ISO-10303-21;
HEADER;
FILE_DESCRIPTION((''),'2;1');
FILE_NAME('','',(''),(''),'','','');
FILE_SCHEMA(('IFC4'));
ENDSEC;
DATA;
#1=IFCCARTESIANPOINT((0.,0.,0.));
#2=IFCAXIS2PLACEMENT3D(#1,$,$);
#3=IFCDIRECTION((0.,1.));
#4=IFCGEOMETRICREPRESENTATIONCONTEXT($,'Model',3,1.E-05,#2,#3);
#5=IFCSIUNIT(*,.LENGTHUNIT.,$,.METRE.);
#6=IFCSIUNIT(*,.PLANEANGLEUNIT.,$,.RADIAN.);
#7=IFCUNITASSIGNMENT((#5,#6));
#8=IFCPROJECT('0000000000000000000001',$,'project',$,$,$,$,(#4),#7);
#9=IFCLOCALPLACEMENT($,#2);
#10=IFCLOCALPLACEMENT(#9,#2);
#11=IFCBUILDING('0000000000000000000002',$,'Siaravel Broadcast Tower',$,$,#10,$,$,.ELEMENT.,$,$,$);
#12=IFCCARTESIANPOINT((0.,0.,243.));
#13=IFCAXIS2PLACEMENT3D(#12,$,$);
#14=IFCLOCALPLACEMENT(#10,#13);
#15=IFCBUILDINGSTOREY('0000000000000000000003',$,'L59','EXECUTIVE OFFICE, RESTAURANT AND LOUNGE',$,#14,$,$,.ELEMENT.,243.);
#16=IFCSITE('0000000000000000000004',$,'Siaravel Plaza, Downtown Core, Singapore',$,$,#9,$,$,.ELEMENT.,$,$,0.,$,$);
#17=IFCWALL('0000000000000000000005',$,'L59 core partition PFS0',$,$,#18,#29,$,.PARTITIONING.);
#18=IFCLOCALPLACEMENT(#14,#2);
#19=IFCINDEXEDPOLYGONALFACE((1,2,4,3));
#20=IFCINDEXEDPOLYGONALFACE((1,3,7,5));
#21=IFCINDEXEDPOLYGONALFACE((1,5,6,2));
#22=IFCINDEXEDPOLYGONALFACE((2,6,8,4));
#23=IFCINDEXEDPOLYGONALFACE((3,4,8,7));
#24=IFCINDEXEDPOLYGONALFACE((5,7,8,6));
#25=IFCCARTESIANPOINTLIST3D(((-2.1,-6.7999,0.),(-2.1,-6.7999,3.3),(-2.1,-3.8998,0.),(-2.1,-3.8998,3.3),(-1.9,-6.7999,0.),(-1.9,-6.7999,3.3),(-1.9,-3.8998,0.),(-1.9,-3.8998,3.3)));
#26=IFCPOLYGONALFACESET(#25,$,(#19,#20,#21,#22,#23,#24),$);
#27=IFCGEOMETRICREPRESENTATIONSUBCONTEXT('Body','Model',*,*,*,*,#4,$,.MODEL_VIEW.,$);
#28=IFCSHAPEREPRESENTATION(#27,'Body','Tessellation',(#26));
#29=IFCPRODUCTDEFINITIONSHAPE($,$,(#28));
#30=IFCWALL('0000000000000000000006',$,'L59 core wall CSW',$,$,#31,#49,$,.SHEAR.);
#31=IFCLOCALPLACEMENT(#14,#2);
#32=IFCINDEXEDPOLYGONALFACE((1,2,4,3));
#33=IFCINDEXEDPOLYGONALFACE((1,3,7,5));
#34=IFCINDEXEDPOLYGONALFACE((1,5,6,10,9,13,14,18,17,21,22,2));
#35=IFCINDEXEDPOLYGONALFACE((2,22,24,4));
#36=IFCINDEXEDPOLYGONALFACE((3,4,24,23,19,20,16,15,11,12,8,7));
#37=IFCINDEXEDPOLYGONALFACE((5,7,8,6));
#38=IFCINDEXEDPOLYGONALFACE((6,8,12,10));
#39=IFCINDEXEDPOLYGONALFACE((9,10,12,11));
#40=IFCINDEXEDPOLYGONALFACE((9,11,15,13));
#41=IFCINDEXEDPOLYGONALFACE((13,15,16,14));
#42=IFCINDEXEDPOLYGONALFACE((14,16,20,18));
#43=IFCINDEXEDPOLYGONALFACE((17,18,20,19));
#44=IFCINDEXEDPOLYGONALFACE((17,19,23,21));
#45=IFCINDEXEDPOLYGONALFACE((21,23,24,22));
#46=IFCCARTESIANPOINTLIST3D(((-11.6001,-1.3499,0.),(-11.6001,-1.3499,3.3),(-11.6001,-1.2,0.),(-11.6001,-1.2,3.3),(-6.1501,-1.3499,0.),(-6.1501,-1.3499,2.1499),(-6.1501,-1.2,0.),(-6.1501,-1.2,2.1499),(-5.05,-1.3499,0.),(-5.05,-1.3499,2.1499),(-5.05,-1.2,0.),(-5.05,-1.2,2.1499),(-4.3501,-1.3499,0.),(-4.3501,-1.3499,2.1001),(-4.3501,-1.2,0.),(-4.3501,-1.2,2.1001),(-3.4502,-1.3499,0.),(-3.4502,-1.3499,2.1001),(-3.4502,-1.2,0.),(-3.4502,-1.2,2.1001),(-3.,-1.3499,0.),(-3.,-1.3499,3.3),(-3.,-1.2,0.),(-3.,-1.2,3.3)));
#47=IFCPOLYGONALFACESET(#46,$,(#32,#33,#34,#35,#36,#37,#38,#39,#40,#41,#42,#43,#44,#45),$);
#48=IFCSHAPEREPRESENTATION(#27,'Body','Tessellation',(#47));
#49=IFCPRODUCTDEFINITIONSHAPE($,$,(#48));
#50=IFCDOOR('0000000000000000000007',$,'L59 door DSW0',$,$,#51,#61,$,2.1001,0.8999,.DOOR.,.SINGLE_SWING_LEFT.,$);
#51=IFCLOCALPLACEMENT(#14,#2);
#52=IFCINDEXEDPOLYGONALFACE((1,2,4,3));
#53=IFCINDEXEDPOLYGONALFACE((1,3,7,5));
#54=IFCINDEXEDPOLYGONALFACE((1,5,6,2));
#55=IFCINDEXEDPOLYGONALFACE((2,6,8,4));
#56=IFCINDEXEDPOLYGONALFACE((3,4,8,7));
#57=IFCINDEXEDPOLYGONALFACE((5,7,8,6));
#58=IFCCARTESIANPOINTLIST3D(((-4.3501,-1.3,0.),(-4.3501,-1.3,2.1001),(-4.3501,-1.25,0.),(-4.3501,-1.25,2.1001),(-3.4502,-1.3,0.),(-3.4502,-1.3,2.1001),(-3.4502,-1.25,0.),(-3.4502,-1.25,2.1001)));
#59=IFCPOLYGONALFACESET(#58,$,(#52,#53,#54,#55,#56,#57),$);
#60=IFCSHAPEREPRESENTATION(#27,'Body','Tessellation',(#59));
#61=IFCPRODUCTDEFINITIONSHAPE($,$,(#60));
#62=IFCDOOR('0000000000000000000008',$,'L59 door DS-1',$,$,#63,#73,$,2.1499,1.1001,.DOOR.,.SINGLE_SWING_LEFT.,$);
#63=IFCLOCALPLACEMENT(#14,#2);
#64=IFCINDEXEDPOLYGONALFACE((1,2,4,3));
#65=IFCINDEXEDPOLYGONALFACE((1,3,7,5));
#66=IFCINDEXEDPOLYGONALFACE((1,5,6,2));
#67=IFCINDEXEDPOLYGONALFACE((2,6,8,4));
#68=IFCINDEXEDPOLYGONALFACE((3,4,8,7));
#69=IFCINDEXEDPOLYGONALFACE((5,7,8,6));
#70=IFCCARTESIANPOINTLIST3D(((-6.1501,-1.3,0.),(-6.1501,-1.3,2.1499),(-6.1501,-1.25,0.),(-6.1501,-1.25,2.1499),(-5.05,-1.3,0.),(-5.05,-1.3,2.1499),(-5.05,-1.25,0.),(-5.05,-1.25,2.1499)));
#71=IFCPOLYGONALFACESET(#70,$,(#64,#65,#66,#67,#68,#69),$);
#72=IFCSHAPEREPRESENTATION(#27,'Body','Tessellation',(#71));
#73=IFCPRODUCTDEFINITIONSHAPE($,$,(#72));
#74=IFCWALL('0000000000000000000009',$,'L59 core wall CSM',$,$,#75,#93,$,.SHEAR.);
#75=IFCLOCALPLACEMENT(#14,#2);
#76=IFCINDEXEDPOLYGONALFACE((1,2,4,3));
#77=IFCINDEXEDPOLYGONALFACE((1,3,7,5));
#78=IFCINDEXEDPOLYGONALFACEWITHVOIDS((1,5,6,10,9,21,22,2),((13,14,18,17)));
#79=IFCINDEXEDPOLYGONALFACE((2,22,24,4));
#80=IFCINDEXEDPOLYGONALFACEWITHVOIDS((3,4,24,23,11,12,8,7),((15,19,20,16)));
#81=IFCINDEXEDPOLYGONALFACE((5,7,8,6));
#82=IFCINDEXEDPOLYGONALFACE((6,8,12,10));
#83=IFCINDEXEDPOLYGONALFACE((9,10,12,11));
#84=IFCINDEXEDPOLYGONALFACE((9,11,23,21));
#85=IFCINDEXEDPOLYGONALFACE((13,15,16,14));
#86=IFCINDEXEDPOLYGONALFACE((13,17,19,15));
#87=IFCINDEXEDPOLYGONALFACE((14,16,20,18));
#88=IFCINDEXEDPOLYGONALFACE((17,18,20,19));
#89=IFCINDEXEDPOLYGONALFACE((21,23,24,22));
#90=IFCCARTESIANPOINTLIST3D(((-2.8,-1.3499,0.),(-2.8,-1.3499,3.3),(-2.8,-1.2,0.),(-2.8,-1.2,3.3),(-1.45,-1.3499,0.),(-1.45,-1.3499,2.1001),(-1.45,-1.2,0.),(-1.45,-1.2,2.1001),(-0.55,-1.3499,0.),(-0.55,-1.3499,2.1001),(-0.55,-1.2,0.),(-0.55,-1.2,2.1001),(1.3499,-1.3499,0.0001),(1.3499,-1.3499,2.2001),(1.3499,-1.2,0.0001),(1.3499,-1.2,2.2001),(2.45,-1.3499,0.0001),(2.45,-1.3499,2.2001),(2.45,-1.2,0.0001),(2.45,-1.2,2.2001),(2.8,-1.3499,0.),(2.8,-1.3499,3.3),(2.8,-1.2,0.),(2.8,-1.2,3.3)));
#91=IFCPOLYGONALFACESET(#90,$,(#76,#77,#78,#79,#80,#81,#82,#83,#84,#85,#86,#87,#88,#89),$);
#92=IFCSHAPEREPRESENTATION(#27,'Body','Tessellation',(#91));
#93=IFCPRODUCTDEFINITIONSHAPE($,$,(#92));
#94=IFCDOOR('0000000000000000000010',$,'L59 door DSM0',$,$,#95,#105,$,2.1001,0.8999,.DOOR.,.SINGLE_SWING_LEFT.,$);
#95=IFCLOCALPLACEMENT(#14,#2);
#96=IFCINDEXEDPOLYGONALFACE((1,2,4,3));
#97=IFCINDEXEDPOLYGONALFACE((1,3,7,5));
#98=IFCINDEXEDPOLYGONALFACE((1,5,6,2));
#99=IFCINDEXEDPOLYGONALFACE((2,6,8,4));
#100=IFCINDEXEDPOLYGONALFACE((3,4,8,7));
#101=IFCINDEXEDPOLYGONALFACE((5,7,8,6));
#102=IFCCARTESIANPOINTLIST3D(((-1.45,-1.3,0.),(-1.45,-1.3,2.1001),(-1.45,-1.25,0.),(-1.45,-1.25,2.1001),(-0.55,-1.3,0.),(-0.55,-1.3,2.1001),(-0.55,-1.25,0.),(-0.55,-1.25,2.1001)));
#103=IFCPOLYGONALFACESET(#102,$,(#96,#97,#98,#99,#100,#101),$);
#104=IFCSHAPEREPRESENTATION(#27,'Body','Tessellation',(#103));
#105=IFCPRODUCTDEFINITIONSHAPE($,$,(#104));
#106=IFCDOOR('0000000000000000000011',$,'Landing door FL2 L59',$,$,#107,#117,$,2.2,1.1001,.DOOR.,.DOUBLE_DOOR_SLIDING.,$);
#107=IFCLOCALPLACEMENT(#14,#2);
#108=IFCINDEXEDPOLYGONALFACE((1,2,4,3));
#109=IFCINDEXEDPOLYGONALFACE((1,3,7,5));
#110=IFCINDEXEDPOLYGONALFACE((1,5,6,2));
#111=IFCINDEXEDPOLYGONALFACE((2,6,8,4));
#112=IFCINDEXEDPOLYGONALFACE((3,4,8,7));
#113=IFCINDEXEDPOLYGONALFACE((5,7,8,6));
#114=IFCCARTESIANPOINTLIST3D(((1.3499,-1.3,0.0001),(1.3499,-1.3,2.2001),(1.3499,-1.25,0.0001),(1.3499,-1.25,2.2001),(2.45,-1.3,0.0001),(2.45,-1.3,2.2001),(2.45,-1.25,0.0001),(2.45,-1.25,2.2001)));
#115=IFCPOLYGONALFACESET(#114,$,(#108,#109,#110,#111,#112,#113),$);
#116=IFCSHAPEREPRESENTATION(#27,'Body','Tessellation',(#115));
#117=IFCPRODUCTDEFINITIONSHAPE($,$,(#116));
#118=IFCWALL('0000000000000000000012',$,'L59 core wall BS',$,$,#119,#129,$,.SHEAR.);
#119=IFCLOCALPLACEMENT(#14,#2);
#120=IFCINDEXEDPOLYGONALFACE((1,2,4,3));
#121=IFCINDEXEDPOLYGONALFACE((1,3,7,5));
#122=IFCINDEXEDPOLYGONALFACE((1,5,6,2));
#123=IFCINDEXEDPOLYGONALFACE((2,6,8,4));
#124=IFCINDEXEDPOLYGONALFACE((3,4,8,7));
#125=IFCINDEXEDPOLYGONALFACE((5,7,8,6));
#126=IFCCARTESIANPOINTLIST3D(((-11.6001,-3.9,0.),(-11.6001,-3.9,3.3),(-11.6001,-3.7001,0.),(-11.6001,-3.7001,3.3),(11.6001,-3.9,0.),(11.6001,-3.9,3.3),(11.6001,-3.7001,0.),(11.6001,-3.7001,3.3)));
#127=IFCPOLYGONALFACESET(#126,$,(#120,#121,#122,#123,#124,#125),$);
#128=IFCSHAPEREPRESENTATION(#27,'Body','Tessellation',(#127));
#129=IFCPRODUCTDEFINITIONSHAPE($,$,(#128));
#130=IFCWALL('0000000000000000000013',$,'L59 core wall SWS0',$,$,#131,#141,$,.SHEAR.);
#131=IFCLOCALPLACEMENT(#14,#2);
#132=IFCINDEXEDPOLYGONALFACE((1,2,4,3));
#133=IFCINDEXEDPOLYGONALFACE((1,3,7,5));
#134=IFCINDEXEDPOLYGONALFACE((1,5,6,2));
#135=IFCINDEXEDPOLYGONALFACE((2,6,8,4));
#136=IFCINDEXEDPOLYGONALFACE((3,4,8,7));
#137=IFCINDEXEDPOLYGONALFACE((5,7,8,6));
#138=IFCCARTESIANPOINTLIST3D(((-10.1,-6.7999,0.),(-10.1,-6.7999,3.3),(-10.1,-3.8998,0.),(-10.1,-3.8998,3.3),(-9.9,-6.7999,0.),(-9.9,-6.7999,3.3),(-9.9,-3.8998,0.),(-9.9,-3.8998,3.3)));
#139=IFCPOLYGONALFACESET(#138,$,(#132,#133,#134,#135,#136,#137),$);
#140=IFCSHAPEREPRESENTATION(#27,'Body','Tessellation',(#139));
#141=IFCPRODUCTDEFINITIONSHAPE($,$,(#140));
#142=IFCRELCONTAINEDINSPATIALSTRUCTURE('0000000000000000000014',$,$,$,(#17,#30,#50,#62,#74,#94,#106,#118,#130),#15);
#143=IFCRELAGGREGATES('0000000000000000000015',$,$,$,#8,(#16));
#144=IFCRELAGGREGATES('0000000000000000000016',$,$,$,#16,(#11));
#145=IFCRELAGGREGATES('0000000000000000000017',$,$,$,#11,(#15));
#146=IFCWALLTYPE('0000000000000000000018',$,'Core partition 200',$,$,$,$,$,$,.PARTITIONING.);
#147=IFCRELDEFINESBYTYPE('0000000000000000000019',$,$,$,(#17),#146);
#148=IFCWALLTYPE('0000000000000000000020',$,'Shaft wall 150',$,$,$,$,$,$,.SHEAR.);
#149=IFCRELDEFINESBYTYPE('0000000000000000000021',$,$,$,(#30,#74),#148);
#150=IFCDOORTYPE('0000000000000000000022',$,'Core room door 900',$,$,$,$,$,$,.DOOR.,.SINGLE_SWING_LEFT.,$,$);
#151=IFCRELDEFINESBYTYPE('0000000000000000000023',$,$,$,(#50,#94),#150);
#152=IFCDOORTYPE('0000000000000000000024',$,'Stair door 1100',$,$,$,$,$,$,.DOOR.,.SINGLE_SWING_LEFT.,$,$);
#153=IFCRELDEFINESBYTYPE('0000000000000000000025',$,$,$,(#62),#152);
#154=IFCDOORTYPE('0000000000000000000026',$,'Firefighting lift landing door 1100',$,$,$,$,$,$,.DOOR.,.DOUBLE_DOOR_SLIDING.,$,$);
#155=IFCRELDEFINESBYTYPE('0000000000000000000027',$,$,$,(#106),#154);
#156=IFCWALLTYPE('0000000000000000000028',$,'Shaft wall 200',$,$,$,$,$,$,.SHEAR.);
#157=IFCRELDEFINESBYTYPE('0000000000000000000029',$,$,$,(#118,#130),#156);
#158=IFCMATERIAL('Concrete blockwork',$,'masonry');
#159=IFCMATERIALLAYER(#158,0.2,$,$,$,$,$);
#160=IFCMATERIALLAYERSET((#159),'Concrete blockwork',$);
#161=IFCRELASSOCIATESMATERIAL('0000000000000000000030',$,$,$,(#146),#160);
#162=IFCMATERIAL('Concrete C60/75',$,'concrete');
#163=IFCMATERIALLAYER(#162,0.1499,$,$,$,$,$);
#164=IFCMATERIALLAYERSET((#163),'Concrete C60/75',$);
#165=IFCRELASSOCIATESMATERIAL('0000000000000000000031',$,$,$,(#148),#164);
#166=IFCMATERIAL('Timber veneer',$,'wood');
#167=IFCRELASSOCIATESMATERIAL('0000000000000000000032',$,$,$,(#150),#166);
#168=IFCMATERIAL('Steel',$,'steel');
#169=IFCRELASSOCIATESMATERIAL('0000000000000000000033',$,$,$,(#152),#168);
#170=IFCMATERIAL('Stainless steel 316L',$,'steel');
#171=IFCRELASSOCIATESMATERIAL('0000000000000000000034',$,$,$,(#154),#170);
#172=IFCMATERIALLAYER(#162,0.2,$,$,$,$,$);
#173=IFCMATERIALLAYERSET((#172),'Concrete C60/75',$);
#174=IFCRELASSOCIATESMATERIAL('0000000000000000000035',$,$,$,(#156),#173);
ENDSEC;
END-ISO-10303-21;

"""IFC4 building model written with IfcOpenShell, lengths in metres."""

from ifc_helpers import new_model, si_unit, direction, frame, frame_2d, origin, place, context, subcontext, project, spatial, rectangle, extrude, material, layer, layer_set, type_object, element, fill, save


model = new_model("IFC4")

# Units and contexts
model_context = context("Model", 3, precision=1e-05, world=origin(), true_north=direction((0.0, 1.0)))
body_context = subcontext(model_context, "Body", "Model", "MODEL_VIEW")
ifc_project = project(units=[si_unit("LENGTHUNIT", "METRE"), si_unit("PLANEANGLEUNIT", "RADIAN")], contexts=[model_context])

# Site, building, storey
site_placement = place(None, origin())
site = spatial("IfcSite", under=ifc_project, at=site_placement, Name="Siaravel Plaza, Downtown Core, Singapore", CompositionType="ELEMENT", RefElevation=0.0)
building_placement = place(site_placement, origin())
building = spatial("IfcBuilding", under=site, at=building_placement, Name="Siaravel Broadcast Tower", CompositionType="ELEMENT")
storey_placement = place(building_placement, frame((0.0, 0.0, 243.0)))
storey = spatial("IfcBuildingStorey", under=building, at=storey_placement, Name="L59", Description="EXECUTIVE OFFICE, RESTAURANT AND LOUNGE", CompositionType="ELEMENT", Elevation=243.0)

# Wall
ifc_material_1 = material(Name="Concrete blockwork", Category="masonry")
ifc_layer_1 = layer(ifc_material_1, 0.2)
ifc_layer_set_1 = layer_set([ifc_layer_1], Name="Concrete blockwork")
wall_type_1 = type_object("IfcWallType", Name="Core partition 200", PredefinedType="PARTITIONING", material=ifc_layer_set_1)
wall_1_placement = place(storey_placement, frame((-2.0, -6.8, 0.0), z_axis=(0.0, 0.0, 1.0), x_axis=(0.0, 1.0, 0.0)))
element("IfcWall", 1, at=wall_1_placement, inside=storey, type_object=wall_type_1, Name="L59 core partition PFS0", PredefinedType="PARTITIONING", context=body_context, shape_type="SweptSolid", body=[
    extrude(rectangle(XDim=2.9001, YDim=0.2, at=frame_2d((1.4502, 0.0))), origin(), (0.0, 0.0, 1.0), 3.3),
])

# Walls, openings, doors
ifc_material_2 = material(Name="Concrete C60/75", Category="concrete")
ifc_layer_2 = layer(ifc_material_2, 0.1499)
ifc_layer_set_2 = layer_set([ifc_layer_2], Name="Concrete C60/75")
wall_type_2 = type_object("IfcWallType", Name="Shaft wall 150", PredefinedType="SHEAR", material=ifc_layer_set_2)
wall_2_placement = place(storey_placement, frame((-11.6001, -1.2749, 0.0), z_axis=(0.0, 0.0, 1.0), x_axis=(1.0, 0.0, 0.0)))
wall_2 = element("IfcWall", 2, at=wall_2_placement, inside=storey, type_object=wall_type_2, Name="L59 core wall CSW", PredefinedType="SHEAR", context=body_context, shape_type="SweptSolid", body=[
    extrude(rectangle(XDim=8.6001, YDim=0.1499, at=frame_2d((4.3, 0.0))), origin(), (0.0, 0.0, 1.0), 3.3),
])
opening_1_placement = place(wall_2_placement, frame((5.45, 0.0, 0.0)))
opening_1 = element("IfcOpeningElement", 3, at=opening_1_placement, cuts=wall_2, PredefinedType="OPENING", context=body_context, shape_type="SweptSolid", body=[
    extrude(rectangle(XDim=1.1001, YDim=2.1499, at=frame_2d((0.55, 1.075))), frame((0.0, 0.085, 0.0), z_axis=(0.0, -1.0, 0.0), x_axis=(1.0, 0.0, 0.0)), (0.0, 0.0, 1.0), 0.1699),
])
opening_2_placement = place(wall_2_placement, frame((7.25, 0.0, 0.0)))
opening_2 = element("IfcOpeningElement", 4, at=opening_2_placement, cuts=wall_2, PredefinedType="OPENING", context=body_context, shape_type="SweptSolid", body=[
    extrude(rectangle(XDim=0.8999, YDim=2.1001, at=frame_2d((0.45, 1.05))), frame((0.0, 0.085, 0.0), z_axis=(0.0, -1.0, 0.0), x_axis=(1.0, 0.0, 0.0)), (0.0, 0.0, 1.0), 0.1699),
])
ifc_material_3 = material(Name="Timber veneer", Category="wood")
door_type_1 = type_object("IfcDoorType", Name="Core room door 900", OperationType="SINGLE_SWING_LEFT", PredefinedType="DOOR", material=ifc_material_3)
door_1_placement = place(opening_2_placement, origin())
door_1 = element("IfcDoor", 5, at=door_1_placement, inside=storey, type_object=door_type_1, Name="L59 door DSW0", OperationType="SINGLE_SWING_LEFT", OverallHeight=2.1001, OverallWidth=0.8999, PredefinedType="DOOR", context=body_context, shape_type="SweptSolid", body=[
    extrude(rectangle(XDim=0.8999, YDim=2.1001, at=frame_2d((0.45, 1.05))), frame((0.0, 0.0249, 0.0), z_axis=(0.0, -1.0, 0.0), x_axis=(1.0, 0.0, 0.0)), (0.0, 0.0, 1.0), 0.05),
])
fill(opening_2, door_1)
ifc_material_4 = material(Name="Steel", Category="steel")
door_type_2 = type_object("IfcDoorType", Name="Stair door 1100", OperationType="SINGLE_SWING_LEFT", PredefinedType="DOOR", material=ifc_material_4)
door_2_placement = place(opening_1_placement, origin())
door_2 = element("IfcDoor", 6, at=door_2_placement, inside=storey, type_object=door_type_2, Name="L59 door DS-1", OperationType="SINGLE_SWING_LEFT", OverallHeight=2.1499, OverallWidth=1.1001, PredefinedType="DOOR", context=body_context, shape_type="SweptSolid", body=[
    extrude(rectangle(XDim=1.1001, YDim=2.1499, at=frame_2d((0.55, 1.075))), frame((0.0, 0.0249, 0.0), z_axis=(0.0, -1.0, 0.0), x_axis=(1.0, 0.0, 0.0)), (0.0, 0.0, 1.0), 0.05),
])
fill(opening_1, door_2)
wall_3_placement = place(storey_placement, frame((-2.8, -1.2749, 0.0), z_axis=(0.0, 0.0, 1.0), x_axis=(1.0, 0.0, 0.0)))
wall_3 = element("IfcWall", 7, at=wall_3_placement, inside=storey, type_object=wall_type_2, Name="L59 core wall CSM", PredefinedType="SHEAR", context=body_context, shape_type="SweptSolid", body=[
    extrude(rectangle(XDim=5.6001, YDim=0.1499, at=frame_2d((2.8, 0.0))), origin(), (0.0, 0.0, 1.0), 3.3),
])
opening_3_placement = place(wall_3_placement, frame((4.1499, 0.0, 0.0)))
opening_3 = element("IfcOpeningElement", 8, at=opening_3_placement, cuts=wall_3, PredefinedType="OPENING", context=body_context, shape_type="SweptSolid", body=[
    extrude(rectangle(XDim=1.1001, YDim=2.2, at=frame_2d((0.55, 1.1001))), frame((0.0, 0.085, 0.0), z_axis=(0.0, -1.0, 0.0), x_axis=(1.0, 0.0, 0.0)), (0.0, 0.0, 1.0), 0.1699),
])
opening_4_placement = place(wall_3_placement, frame((1.3501, 0.0, 0.0)))
opening_4 = element("IfcOpeningElement", 9, at=opening_4_placement, cuts=wall_3, PredefinedType="OPENING", context=body_context, shape_type="SweptSolid", body=[
    extrude(rectangle(XDim=0.8999, YDim=2.1001, at=frame_2d((0.45, 1.05))), frame((0.0, 0.085, 0.0), z_axis=(0.0, -1.0, 0.0), x_axis=(1.0, 0.0, 0.0)), (0.0, 0.0, 1.0), 0.1699),
])
door_3_placement = place(opening_4_placement, origin())
door_3 = element("IfcDoor", 10, at=door_3_placement, inside=storey, type_object=door_type_1, Name="L59 door DSM0", OperationType="SINGLE_SWING_LEFT", OverallHeight=2.1001, OverallWidth=0.8999, PredefinedType="DOOR", context=body_context, shape_type="SweptSolid", body=[
    extrude(rectangle(XDim=0.8999, YDim=2.1001, at=frame_2d((0.45, 1.05))), frame((0.0, 0.0249, 0.0), z_axis=(0.0, -1.0, 0.0), x_axis=(1.0, 0.0, 0.0)), (0.0, 0.0, 1.0), 0.05),
])
fill(opening_4, door_3)
ifc_material_5 = material(Name="Stainless steel 316L", Category="steel")
door_type_3 = type_object("IfcDoorType", Name="Firefighting lift landing door 1100", OperationType="DOUBLE_DOOR_SLIDING", PredefinedType="DOOR", material=ifc_material_5)
door_4_placement = place(opening_3_placement, origin())
door_4 = element("IfcDoor", 11, at=door_4_placement, inside=storey, type_object=door_type_3, Name="Landing door FL2 L59", OperationType="DOUBLE_DOOR_SLIDING", OverallHeight=2.2, OverallWidth=1.1001, PredefinedType="DOOR", context=body_context, shape_type="SweptSolid", body=[
    extrude(rectangle(XDim=1.1001, YDim=2.2, at=frame_2d((0.55, 1.1001))), frame((0.0, 0.0249, 0.0), z_axis=(0.0, -1.0, 0.0), x_axis=(1.0, 0.0, 0.0)), (0.0, 0.0, 1.0), 0.05),
])
fill(opening_3, door_4)

# Walls
ifc_layer_3 = layer(ifc_material_2, 0.2)
ifc_layer_set_3 = layer_set([ifc_layer_3], Name="Concrete C60/75")
wall_type_3 = type_object("IfcWallType", Name="Shaft wall 200", PredefinedType="SHEAR", material=ifc_layer_set_3)
wall_4_placement = place(storey_placement, frame((-11.6001, -3.8, 0.0), z_axis=(0.0, 0.0, 1.0), x_axis=(1.0, 0.0, 0.0)))
element("IfcWall", 12, at=wall_4_placement, inside=storey, type_object=wall_type_3, Name="L59 core wall BS", PredefinedType="SHEAR", context=body_context, shape_type="SweptSolid", body=[
    extrude(rectangle(XDim=23.2002, YDim=0.2, at=frame_2d((11.6001, 0.0))), origin(), (0.0, 0.0, 1.0), 3.3),
])
wall_5_placement = place(storey_placement, frame((-10.0, -6.8, 0.0), z_axis=(0.0, 0.0, 1.0), x_axis=(0.0, 1.0, 0.0)))
element("IfcWall", 13, at=wall_5_placement, inside=storey, type_object=wall_type_3, Name="L59 core wall SWS0", PredefinedType="SHEAR", context=body_context, shape_type="SweptSolid", body=[
    extrude(rectangle(XDim=2.9001, YDim=0.2, at=frame_2d((1.4502, 0.0))), origin(), (0.0, 0.0, 1.0), 3.3),
])

save(model, "model.ifc")
